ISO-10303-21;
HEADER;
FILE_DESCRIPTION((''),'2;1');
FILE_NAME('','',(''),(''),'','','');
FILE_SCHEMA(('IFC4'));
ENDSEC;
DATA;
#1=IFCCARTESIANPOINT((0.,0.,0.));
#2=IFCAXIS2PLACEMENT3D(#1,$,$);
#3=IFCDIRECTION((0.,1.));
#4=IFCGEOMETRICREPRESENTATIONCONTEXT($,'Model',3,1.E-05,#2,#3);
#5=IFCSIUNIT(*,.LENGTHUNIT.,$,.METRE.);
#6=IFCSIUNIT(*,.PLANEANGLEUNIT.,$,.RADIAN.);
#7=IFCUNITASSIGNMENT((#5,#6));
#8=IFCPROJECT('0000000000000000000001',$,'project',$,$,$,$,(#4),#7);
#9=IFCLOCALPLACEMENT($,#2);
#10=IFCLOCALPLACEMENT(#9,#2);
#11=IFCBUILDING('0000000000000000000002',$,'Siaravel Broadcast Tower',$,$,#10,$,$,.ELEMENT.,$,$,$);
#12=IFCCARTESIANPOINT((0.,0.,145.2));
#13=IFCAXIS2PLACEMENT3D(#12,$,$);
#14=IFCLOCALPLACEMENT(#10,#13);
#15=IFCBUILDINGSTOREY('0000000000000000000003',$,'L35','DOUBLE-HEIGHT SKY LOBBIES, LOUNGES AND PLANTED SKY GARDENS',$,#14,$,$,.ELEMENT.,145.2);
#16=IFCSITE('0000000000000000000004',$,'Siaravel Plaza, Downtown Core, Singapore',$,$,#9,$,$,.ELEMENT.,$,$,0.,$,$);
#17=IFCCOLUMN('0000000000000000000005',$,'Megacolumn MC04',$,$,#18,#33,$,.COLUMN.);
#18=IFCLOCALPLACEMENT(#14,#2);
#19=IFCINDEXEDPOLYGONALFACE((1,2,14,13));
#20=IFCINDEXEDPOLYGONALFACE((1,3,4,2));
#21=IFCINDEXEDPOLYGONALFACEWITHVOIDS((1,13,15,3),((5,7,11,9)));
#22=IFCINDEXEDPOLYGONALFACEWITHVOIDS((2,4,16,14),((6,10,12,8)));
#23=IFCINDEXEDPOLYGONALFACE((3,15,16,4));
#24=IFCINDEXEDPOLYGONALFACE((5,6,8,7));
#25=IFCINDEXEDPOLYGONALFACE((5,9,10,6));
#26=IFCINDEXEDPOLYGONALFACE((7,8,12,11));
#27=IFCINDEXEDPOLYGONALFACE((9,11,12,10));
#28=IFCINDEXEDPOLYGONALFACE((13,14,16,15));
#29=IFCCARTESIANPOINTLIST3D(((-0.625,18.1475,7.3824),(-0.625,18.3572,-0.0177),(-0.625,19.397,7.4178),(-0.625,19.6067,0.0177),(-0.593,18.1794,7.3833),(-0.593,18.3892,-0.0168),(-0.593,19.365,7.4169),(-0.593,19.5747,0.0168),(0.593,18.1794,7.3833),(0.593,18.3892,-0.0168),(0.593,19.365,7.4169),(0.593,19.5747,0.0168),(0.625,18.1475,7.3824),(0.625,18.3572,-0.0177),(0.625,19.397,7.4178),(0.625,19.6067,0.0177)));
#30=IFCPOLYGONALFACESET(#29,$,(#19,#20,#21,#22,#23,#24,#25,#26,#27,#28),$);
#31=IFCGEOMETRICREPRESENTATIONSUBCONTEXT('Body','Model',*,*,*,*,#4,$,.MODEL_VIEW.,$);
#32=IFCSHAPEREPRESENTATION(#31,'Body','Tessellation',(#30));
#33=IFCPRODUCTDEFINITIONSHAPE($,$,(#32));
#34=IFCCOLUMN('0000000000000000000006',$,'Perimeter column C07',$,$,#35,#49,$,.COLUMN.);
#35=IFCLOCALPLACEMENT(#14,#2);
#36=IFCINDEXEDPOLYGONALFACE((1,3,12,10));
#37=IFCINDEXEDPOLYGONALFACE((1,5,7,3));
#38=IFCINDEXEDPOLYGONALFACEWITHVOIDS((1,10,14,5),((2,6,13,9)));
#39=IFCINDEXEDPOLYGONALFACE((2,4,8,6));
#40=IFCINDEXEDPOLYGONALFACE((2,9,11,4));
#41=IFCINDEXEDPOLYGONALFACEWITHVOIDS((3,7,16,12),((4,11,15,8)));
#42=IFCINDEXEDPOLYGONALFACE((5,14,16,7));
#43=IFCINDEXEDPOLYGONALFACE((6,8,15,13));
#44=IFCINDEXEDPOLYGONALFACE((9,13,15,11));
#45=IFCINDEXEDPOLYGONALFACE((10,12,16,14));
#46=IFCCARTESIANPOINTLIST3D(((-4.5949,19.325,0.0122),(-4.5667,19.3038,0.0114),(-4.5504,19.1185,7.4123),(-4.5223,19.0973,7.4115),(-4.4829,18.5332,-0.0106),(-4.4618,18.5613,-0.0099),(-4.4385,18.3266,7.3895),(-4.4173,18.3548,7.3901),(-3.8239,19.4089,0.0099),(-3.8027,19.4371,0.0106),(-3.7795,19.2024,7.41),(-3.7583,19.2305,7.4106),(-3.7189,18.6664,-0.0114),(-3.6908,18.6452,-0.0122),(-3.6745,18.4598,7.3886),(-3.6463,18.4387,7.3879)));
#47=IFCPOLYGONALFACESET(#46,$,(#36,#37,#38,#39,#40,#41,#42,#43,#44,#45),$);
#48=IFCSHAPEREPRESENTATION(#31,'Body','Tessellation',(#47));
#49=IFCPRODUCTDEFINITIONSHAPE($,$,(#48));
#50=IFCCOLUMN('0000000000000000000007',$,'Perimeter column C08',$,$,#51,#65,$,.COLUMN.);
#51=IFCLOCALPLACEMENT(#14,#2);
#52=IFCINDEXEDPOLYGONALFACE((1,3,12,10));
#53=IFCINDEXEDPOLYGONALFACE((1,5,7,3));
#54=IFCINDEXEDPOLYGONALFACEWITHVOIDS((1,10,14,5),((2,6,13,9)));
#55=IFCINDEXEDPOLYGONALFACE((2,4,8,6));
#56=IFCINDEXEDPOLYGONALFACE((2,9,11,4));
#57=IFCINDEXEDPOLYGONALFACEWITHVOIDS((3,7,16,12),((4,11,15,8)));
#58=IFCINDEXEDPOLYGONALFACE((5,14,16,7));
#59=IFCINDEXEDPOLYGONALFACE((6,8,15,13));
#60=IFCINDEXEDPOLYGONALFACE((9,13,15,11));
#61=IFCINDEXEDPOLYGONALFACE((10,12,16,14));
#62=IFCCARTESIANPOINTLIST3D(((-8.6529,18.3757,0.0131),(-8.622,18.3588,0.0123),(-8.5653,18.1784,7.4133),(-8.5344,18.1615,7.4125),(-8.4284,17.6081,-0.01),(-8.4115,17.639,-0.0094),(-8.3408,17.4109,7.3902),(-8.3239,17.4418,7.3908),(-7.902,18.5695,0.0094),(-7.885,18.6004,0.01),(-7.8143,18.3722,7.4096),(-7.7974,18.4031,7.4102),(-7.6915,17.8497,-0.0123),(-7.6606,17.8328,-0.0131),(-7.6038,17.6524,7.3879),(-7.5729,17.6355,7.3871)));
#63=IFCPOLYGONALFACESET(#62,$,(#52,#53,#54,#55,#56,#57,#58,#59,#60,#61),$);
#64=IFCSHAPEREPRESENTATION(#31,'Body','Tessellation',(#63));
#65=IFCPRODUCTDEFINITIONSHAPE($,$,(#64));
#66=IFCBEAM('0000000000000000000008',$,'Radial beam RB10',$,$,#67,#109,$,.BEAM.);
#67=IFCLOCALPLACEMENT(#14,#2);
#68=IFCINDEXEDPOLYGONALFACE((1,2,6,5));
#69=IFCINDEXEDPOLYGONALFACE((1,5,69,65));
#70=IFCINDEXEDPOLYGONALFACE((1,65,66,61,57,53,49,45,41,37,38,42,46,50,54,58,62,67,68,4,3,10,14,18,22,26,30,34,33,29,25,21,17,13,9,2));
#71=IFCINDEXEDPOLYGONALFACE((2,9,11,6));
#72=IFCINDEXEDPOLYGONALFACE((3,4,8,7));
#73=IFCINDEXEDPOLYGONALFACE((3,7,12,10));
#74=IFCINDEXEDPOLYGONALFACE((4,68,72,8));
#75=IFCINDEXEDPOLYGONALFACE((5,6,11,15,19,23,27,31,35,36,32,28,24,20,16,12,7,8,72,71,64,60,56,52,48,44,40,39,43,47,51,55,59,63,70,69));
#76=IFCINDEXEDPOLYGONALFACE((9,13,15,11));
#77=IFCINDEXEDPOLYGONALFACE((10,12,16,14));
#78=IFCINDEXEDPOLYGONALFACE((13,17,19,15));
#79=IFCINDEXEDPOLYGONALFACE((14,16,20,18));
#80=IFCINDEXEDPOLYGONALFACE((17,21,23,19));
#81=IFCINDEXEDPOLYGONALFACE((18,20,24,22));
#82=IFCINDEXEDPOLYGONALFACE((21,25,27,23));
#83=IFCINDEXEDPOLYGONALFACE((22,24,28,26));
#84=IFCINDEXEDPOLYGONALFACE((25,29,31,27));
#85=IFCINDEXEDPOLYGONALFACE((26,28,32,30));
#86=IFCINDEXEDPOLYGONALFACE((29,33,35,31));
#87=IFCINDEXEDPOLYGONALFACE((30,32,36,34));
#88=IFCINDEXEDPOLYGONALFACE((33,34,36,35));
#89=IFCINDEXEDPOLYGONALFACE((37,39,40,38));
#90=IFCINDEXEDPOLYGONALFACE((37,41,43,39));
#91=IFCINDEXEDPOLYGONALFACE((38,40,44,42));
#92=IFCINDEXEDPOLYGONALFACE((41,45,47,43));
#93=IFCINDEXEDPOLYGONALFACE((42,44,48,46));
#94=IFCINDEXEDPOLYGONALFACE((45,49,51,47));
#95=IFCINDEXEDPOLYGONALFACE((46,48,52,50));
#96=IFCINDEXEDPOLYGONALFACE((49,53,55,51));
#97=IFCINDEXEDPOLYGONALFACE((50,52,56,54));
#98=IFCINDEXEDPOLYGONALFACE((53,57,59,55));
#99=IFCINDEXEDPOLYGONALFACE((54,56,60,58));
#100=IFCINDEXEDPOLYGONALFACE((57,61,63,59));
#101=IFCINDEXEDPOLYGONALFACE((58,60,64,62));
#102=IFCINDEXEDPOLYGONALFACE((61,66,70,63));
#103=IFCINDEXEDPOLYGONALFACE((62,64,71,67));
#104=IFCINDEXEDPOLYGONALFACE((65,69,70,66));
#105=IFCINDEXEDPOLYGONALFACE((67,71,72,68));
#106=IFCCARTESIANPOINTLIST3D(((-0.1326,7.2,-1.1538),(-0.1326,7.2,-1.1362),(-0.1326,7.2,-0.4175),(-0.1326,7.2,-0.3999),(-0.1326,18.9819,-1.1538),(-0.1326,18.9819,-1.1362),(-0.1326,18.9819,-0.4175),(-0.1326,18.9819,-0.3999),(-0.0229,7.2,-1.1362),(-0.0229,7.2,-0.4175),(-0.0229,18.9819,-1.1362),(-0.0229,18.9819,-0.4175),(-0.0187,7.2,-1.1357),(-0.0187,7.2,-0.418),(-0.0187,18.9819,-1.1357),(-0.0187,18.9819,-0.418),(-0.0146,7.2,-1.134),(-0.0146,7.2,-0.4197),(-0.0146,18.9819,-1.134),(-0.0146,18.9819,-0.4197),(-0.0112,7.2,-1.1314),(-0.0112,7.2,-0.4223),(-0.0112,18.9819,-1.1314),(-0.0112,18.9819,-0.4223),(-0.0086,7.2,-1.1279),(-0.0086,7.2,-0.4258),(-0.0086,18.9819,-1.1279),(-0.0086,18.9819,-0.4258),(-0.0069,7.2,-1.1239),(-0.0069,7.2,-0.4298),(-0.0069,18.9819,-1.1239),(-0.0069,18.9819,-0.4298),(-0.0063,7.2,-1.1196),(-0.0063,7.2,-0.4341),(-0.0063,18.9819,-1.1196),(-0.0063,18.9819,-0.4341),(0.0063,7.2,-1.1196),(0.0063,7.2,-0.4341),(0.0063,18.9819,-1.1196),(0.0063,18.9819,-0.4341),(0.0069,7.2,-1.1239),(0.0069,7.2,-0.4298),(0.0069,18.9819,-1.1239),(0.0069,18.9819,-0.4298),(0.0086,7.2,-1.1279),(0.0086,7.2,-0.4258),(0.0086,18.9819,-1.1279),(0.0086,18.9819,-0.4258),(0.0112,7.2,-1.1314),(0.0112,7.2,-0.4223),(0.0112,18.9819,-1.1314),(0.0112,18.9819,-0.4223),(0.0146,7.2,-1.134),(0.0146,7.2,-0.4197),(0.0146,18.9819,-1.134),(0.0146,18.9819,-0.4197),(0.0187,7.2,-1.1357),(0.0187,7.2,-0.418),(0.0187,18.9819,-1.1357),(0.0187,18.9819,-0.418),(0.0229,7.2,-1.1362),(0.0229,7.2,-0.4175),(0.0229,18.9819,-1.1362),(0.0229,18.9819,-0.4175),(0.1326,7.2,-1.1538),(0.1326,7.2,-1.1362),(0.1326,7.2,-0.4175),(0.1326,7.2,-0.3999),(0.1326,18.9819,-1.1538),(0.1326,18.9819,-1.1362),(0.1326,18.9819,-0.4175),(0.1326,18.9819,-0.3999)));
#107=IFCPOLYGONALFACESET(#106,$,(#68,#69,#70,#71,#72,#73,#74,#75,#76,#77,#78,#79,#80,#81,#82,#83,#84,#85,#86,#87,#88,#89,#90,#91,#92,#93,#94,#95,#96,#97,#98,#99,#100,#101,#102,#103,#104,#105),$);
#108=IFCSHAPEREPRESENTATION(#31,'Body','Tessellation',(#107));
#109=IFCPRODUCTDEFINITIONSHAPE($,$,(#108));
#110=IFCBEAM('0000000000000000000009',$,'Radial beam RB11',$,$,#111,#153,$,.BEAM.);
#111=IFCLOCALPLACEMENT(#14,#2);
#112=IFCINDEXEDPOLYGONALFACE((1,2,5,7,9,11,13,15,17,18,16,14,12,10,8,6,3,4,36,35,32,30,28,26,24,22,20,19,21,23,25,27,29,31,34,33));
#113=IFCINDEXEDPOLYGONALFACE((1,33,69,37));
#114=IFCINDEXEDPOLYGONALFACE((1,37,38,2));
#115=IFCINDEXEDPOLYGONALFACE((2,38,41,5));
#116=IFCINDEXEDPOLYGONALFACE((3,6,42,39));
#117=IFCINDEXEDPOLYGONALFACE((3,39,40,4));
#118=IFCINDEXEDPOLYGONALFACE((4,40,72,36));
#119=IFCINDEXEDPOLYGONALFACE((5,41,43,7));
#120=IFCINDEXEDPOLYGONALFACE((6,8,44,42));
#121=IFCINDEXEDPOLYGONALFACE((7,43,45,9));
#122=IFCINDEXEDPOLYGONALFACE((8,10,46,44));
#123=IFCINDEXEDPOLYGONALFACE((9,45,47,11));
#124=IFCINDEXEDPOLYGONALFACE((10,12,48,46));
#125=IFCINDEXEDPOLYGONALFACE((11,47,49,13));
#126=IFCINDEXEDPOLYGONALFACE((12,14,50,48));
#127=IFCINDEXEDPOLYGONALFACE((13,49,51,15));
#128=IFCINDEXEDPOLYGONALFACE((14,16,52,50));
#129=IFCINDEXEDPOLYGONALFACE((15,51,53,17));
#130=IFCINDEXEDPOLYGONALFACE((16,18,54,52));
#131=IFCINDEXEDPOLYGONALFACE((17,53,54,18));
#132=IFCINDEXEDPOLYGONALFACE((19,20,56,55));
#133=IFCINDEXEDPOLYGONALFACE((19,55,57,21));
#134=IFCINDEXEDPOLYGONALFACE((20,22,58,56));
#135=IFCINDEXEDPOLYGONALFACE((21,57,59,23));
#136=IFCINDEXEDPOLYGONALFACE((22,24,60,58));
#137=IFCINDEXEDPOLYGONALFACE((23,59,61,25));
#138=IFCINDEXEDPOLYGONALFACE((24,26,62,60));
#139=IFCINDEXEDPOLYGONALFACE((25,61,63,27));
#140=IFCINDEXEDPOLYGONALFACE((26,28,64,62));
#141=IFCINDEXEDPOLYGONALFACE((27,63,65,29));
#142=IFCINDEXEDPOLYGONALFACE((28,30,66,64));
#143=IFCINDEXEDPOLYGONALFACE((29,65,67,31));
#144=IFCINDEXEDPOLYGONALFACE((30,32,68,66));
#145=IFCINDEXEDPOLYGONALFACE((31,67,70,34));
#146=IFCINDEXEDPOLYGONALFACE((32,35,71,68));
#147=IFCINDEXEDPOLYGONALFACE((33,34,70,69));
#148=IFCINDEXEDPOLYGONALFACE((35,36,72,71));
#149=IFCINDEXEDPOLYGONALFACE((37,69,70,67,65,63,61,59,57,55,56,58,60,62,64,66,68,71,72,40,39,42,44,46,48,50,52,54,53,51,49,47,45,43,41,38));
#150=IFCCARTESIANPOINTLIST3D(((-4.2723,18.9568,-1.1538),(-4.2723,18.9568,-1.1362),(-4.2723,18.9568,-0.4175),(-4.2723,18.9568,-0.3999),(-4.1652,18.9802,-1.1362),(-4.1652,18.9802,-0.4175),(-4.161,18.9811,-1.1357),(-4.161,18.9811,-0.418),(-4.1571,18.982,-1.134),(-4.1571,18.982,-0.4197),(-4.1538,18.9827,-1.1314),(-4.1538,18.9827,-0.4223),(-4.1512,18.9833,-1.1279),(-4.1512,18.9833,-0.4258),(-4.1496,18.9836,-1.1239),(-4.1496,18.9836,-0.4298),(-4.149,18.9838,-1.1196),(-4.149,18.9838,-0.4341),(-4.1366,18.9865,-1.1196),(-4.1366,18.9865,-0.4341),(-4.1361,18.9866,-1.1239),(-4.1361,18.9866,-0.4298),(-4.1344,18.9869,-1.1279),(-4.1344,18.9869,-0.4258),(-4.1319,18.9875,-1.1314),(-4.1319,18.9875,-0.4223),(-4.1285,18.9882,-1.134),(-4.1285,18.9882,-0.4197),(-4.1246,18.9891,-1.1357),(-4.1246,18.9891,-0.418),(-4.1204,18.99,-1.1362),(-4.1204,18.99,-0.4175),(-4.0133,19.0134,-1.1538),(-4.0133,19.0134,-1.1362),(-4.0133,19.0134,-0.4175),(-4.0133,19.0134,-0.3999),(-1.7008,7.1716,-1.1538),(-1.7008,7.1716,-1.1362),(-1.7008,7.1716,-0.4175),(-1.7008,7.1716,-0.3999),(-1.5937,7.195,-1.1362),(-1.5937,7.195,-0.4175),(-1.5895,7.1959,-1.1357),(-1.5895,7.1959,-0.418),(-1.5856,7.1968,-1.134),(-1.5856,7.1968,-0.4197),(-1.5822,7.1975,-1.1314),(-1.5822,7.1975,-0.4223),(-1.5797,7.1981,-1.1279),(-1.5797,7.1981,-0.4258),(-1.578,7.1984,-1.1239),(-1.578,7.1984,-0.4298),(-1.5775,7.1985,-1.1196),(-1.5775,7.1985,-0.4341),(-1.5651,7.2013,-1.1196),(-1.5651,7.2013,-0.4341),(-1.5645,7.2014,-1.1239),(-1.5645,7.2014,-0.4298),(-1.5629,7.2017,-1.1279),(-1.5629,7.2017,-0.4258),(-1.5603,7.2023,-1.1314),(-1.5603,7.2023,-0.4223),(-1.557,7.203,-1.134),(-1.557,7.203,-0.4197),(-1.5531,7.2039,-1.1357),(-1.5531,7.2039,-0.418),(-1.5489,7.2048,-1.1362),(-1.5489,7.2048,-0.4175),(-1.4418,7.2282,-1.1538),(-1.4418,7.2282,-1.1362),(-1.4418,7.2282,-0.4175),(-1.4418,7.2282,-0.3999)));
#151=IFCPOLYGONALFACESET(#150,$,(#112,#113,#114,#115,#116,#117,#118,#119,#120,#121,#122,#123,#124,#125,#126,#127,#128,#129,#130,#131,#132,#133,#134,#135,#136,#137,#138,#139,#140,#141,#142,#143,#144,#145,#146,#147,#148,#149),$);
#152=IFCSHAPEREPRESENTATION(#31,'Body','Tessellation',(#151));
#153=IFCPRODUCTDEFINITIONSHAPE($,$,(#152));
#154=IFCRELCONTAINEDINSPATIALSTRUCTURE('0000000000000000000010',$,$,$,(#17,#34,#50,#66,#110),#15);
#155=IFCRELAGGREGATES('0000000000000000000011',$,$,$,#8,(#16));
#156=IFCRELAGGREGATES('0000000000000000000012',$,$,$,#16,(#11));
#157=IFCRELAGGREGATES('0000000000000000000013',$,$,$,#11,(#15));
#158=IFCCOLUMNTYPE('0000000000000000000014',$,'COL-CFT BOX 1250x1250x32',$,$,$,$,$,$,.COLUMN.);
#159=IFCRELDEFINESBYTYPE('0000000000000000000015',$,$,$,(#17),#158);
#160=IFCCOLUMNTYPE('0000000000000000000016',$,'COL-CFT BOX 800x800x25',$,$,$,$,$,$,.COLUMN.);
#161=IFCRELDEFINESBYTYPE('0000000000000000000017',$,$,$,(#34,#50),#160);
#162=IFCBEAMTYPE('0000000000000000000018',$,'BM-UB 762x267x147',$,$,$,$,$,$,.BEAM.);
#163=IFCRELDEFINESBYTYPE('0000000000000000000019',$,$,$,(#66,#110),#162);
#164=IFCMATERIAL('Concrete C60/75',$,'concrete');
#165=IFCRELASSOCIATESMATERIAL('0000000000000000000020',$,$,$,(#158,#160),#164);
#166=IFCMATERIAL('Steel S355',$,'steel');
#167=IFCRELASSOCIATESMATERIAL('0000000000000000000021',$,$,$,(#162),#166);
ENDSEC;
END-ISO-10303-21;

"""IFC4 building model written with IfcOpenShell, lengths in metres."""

from ifc_helpers import new_model, si_unit, direction, frame, origin, origin_2d, place, context, subcontext, project, spatial, hollow_rectangle, i_section, extrude, material, material_profile, profile_set, type_object, element, save


model = new_model("IFC4")

# Units and contexts
model_context = context("Model", 3, precision=1e-05, world=origin(), true_north=direction((0.0, 1.0)))
body_context = subcontext(model_context, "Body", "Model", "MODEL_VIEW")
ifc_project = project(units=[si_unit("LENGTHUNIT", "METRE"), si_unit("PLANEANGLEUNIT", "RADIAN")], contexts=[model_context])

# Site, building, storey
site_placement = place(None, origin())
site = spatial("IfcSite", under=ifc_project, at=site_placement, Name="Siaravel Plaza, Downtown Core, Singapore", CompositionType="ELEMENT", RefElevation=0.0)
building_placement = place(site_placement, origin())
building = spatial("IfcBuilding", under=site, at=building_placement, Name="Siaravel Broadcast Tower", CompositionType="ELEMENT")
storey_placement = place(building_placement, frame((0.0, 0.0, 145.2)))
storey = spatial("IfcBuildingStorey", under=building, at=storey_placement, Name="L35", Description="DOUBLE-HEIGHT SKY LOBBIES, LOUNGES AND PLANTED SKY GARDENS", CompositionType="ELEMENT", Elevation=145.2)

# Columns
ifc_material_1 = material(Name="Concrete C60/75", Category="concrete")
ifc_material_profile_1 = material_profile(ifc_material_1, hollow_rectangle(XDim=1.25, YDim=1.25, WallThickness=0.032, at=origin_2d()))
ifc_profile_set_1 = profile_set([ifc_material_profile_1], Name="Concrete C60/75")
column_type_1 = type_object("IfcColumnType", Name="COL-CFT BOX 1250x1250x32", PredefinedType="COLUMN", material=ifc_profile_set_1)
column_1_placement = place(storey_placement, frame((0.0, 18.9819, 0.0), z_axis=(0.0, -0.028328, 0.999599), x_axis=(1.0, 0.0, 0.0)))
element("IfcColumn", 1, at=column_1_placement, inside=storey, type_object=column_type_1, Name="Megacolumn MC04", PredefinedType="COLUMN", context=body_context, shape_type="SweptSolid", body=[
    extrude(hollow_rectangle(XDim=1.25, YDim=1.25, WallThickness=0.032, at=origin_2d()), origin(), (0.0, 0.0, 1.0), 7.4031),
])
ifc_material_profile_2 = material_profile(ifc_material_1, hollow_rectangle(XDim=0.8, YDim=0.8, WallThickness=0.0249, at=origin_2d()))
ifc_profile_set_2 = profile_set([ifc_material_profile_2], Name="Concrete C60/75")
column_type_2 = type_object("IfcColumnType", Name="COL-CFT BOX 800x800x25", PredefinedType="COLUMN", material=ifc_profile_set_2)
column_2_placement = place(storey_placement, frame((-4.1428, 18.9851, 0.0), z_axis=(0.006002, -0.027899, 0.999593), x_axis=(0.990143, 0.140048, -0.002036)))
element("IfcColumn", 2, at=column_2_placement, inside=storey, type_object=column_type_2, Name="Perimeter column C07", PredefinedType="COLUMN", context=body_context, shape_type="SweptSolid", body=[
    extrude(hollow_rectangle(XDim=0.8, YDim=0.8, WallThickness=0.0249, at=origin_2d()), origin(), (0.0, 0.0, 1.0), 7.4031),
])
column_3_placement = place(storey_placement, frame((-8.1567, 18.1042, 0.0), z_axis=(0.011839, -0.026646, 0.999575), x_axis=(0.959763, 0.280784, -0.003882)))
element("IfcColumn", 3, at=column_3_placement, inside=storey, type_object=column_type_2, Name="Perimeter column C08", PredefinedType="COLUMN", context=body_context, shape_type="SweptSolid", body=[
    extrude(hollow_rectangle(XDim=0.8, YDim=0.8, WallThickness=0.0249, at=origin_2d()), origin(), (0.0, 0.0, 1.0), 7.4033),
])

# Beams
ifc_material_2 = material(Name="Steel S355", Category="steel")
ifc_material_profile_3 = material_profile(ifc_material_2, i_section(OverallWidth=0.2651, OverallDepth=0.7539, WebThickness=0.0127, FlangeThickness=0.0176, FilletRadius=0.0166, at=origin_2d()))
ifc_profile_set_3 = profile_set([ifc_material_profile_3], Name="Steel S355")
beam_type = type_object("IfcBeamType", Name="BM-UB 762x267x147", PredefinedType="BEAM", material=ifc_profile_set_3)
beam_1_placement = place(storey_placement, frame((0.0, 18.9819, -0.7769), z_axis=(0.0, -1.0, 0.0), x_axis=(1.0, 0.0, 0.0)))
element("IfcBeam", 4, at=beam_1_placement, inside=storey, type_object=beam_type, Name="Radial beam RB10", PredefinedType="BEAM", context=body_context, shape_type="SweptSolid", body=[
    extrude(i_section(OverallWidth=0.2651, OverallDepth=0.7539, WebThickness=0.0127, FlangeThickness=0.0176, FilletRadius=0.0166, at=origin_2d()), origin(), (0.0, 0.0, 1.0), 11.782),
])
beam_2_placement = place(storey_placement, frame((-4.1428, 18.9851, -0.7769), z_axis=(0.213185, -0.977012, 0.0), x_axis=(0.977012, 0.213185, 0.0)))
element("IfcBeam", 5, at=beam_2_placement, inside=storey, type_object=beam_type, Name="Radial beam RB11", PredefinedType="BEAM", context=body_context, shape_type="SweptSolid", body=[
    extrude(i_section(OverallWidth=0.2651, OverallDepth=0.7539, WebThickness=0.0127, FlangeThickness=0.0176, FilletRadius=0.0166, at=origin_2d()), origin(), (0.0, 0.0, 1.0), 12.0625),
])

save(model, "model.ifc")
